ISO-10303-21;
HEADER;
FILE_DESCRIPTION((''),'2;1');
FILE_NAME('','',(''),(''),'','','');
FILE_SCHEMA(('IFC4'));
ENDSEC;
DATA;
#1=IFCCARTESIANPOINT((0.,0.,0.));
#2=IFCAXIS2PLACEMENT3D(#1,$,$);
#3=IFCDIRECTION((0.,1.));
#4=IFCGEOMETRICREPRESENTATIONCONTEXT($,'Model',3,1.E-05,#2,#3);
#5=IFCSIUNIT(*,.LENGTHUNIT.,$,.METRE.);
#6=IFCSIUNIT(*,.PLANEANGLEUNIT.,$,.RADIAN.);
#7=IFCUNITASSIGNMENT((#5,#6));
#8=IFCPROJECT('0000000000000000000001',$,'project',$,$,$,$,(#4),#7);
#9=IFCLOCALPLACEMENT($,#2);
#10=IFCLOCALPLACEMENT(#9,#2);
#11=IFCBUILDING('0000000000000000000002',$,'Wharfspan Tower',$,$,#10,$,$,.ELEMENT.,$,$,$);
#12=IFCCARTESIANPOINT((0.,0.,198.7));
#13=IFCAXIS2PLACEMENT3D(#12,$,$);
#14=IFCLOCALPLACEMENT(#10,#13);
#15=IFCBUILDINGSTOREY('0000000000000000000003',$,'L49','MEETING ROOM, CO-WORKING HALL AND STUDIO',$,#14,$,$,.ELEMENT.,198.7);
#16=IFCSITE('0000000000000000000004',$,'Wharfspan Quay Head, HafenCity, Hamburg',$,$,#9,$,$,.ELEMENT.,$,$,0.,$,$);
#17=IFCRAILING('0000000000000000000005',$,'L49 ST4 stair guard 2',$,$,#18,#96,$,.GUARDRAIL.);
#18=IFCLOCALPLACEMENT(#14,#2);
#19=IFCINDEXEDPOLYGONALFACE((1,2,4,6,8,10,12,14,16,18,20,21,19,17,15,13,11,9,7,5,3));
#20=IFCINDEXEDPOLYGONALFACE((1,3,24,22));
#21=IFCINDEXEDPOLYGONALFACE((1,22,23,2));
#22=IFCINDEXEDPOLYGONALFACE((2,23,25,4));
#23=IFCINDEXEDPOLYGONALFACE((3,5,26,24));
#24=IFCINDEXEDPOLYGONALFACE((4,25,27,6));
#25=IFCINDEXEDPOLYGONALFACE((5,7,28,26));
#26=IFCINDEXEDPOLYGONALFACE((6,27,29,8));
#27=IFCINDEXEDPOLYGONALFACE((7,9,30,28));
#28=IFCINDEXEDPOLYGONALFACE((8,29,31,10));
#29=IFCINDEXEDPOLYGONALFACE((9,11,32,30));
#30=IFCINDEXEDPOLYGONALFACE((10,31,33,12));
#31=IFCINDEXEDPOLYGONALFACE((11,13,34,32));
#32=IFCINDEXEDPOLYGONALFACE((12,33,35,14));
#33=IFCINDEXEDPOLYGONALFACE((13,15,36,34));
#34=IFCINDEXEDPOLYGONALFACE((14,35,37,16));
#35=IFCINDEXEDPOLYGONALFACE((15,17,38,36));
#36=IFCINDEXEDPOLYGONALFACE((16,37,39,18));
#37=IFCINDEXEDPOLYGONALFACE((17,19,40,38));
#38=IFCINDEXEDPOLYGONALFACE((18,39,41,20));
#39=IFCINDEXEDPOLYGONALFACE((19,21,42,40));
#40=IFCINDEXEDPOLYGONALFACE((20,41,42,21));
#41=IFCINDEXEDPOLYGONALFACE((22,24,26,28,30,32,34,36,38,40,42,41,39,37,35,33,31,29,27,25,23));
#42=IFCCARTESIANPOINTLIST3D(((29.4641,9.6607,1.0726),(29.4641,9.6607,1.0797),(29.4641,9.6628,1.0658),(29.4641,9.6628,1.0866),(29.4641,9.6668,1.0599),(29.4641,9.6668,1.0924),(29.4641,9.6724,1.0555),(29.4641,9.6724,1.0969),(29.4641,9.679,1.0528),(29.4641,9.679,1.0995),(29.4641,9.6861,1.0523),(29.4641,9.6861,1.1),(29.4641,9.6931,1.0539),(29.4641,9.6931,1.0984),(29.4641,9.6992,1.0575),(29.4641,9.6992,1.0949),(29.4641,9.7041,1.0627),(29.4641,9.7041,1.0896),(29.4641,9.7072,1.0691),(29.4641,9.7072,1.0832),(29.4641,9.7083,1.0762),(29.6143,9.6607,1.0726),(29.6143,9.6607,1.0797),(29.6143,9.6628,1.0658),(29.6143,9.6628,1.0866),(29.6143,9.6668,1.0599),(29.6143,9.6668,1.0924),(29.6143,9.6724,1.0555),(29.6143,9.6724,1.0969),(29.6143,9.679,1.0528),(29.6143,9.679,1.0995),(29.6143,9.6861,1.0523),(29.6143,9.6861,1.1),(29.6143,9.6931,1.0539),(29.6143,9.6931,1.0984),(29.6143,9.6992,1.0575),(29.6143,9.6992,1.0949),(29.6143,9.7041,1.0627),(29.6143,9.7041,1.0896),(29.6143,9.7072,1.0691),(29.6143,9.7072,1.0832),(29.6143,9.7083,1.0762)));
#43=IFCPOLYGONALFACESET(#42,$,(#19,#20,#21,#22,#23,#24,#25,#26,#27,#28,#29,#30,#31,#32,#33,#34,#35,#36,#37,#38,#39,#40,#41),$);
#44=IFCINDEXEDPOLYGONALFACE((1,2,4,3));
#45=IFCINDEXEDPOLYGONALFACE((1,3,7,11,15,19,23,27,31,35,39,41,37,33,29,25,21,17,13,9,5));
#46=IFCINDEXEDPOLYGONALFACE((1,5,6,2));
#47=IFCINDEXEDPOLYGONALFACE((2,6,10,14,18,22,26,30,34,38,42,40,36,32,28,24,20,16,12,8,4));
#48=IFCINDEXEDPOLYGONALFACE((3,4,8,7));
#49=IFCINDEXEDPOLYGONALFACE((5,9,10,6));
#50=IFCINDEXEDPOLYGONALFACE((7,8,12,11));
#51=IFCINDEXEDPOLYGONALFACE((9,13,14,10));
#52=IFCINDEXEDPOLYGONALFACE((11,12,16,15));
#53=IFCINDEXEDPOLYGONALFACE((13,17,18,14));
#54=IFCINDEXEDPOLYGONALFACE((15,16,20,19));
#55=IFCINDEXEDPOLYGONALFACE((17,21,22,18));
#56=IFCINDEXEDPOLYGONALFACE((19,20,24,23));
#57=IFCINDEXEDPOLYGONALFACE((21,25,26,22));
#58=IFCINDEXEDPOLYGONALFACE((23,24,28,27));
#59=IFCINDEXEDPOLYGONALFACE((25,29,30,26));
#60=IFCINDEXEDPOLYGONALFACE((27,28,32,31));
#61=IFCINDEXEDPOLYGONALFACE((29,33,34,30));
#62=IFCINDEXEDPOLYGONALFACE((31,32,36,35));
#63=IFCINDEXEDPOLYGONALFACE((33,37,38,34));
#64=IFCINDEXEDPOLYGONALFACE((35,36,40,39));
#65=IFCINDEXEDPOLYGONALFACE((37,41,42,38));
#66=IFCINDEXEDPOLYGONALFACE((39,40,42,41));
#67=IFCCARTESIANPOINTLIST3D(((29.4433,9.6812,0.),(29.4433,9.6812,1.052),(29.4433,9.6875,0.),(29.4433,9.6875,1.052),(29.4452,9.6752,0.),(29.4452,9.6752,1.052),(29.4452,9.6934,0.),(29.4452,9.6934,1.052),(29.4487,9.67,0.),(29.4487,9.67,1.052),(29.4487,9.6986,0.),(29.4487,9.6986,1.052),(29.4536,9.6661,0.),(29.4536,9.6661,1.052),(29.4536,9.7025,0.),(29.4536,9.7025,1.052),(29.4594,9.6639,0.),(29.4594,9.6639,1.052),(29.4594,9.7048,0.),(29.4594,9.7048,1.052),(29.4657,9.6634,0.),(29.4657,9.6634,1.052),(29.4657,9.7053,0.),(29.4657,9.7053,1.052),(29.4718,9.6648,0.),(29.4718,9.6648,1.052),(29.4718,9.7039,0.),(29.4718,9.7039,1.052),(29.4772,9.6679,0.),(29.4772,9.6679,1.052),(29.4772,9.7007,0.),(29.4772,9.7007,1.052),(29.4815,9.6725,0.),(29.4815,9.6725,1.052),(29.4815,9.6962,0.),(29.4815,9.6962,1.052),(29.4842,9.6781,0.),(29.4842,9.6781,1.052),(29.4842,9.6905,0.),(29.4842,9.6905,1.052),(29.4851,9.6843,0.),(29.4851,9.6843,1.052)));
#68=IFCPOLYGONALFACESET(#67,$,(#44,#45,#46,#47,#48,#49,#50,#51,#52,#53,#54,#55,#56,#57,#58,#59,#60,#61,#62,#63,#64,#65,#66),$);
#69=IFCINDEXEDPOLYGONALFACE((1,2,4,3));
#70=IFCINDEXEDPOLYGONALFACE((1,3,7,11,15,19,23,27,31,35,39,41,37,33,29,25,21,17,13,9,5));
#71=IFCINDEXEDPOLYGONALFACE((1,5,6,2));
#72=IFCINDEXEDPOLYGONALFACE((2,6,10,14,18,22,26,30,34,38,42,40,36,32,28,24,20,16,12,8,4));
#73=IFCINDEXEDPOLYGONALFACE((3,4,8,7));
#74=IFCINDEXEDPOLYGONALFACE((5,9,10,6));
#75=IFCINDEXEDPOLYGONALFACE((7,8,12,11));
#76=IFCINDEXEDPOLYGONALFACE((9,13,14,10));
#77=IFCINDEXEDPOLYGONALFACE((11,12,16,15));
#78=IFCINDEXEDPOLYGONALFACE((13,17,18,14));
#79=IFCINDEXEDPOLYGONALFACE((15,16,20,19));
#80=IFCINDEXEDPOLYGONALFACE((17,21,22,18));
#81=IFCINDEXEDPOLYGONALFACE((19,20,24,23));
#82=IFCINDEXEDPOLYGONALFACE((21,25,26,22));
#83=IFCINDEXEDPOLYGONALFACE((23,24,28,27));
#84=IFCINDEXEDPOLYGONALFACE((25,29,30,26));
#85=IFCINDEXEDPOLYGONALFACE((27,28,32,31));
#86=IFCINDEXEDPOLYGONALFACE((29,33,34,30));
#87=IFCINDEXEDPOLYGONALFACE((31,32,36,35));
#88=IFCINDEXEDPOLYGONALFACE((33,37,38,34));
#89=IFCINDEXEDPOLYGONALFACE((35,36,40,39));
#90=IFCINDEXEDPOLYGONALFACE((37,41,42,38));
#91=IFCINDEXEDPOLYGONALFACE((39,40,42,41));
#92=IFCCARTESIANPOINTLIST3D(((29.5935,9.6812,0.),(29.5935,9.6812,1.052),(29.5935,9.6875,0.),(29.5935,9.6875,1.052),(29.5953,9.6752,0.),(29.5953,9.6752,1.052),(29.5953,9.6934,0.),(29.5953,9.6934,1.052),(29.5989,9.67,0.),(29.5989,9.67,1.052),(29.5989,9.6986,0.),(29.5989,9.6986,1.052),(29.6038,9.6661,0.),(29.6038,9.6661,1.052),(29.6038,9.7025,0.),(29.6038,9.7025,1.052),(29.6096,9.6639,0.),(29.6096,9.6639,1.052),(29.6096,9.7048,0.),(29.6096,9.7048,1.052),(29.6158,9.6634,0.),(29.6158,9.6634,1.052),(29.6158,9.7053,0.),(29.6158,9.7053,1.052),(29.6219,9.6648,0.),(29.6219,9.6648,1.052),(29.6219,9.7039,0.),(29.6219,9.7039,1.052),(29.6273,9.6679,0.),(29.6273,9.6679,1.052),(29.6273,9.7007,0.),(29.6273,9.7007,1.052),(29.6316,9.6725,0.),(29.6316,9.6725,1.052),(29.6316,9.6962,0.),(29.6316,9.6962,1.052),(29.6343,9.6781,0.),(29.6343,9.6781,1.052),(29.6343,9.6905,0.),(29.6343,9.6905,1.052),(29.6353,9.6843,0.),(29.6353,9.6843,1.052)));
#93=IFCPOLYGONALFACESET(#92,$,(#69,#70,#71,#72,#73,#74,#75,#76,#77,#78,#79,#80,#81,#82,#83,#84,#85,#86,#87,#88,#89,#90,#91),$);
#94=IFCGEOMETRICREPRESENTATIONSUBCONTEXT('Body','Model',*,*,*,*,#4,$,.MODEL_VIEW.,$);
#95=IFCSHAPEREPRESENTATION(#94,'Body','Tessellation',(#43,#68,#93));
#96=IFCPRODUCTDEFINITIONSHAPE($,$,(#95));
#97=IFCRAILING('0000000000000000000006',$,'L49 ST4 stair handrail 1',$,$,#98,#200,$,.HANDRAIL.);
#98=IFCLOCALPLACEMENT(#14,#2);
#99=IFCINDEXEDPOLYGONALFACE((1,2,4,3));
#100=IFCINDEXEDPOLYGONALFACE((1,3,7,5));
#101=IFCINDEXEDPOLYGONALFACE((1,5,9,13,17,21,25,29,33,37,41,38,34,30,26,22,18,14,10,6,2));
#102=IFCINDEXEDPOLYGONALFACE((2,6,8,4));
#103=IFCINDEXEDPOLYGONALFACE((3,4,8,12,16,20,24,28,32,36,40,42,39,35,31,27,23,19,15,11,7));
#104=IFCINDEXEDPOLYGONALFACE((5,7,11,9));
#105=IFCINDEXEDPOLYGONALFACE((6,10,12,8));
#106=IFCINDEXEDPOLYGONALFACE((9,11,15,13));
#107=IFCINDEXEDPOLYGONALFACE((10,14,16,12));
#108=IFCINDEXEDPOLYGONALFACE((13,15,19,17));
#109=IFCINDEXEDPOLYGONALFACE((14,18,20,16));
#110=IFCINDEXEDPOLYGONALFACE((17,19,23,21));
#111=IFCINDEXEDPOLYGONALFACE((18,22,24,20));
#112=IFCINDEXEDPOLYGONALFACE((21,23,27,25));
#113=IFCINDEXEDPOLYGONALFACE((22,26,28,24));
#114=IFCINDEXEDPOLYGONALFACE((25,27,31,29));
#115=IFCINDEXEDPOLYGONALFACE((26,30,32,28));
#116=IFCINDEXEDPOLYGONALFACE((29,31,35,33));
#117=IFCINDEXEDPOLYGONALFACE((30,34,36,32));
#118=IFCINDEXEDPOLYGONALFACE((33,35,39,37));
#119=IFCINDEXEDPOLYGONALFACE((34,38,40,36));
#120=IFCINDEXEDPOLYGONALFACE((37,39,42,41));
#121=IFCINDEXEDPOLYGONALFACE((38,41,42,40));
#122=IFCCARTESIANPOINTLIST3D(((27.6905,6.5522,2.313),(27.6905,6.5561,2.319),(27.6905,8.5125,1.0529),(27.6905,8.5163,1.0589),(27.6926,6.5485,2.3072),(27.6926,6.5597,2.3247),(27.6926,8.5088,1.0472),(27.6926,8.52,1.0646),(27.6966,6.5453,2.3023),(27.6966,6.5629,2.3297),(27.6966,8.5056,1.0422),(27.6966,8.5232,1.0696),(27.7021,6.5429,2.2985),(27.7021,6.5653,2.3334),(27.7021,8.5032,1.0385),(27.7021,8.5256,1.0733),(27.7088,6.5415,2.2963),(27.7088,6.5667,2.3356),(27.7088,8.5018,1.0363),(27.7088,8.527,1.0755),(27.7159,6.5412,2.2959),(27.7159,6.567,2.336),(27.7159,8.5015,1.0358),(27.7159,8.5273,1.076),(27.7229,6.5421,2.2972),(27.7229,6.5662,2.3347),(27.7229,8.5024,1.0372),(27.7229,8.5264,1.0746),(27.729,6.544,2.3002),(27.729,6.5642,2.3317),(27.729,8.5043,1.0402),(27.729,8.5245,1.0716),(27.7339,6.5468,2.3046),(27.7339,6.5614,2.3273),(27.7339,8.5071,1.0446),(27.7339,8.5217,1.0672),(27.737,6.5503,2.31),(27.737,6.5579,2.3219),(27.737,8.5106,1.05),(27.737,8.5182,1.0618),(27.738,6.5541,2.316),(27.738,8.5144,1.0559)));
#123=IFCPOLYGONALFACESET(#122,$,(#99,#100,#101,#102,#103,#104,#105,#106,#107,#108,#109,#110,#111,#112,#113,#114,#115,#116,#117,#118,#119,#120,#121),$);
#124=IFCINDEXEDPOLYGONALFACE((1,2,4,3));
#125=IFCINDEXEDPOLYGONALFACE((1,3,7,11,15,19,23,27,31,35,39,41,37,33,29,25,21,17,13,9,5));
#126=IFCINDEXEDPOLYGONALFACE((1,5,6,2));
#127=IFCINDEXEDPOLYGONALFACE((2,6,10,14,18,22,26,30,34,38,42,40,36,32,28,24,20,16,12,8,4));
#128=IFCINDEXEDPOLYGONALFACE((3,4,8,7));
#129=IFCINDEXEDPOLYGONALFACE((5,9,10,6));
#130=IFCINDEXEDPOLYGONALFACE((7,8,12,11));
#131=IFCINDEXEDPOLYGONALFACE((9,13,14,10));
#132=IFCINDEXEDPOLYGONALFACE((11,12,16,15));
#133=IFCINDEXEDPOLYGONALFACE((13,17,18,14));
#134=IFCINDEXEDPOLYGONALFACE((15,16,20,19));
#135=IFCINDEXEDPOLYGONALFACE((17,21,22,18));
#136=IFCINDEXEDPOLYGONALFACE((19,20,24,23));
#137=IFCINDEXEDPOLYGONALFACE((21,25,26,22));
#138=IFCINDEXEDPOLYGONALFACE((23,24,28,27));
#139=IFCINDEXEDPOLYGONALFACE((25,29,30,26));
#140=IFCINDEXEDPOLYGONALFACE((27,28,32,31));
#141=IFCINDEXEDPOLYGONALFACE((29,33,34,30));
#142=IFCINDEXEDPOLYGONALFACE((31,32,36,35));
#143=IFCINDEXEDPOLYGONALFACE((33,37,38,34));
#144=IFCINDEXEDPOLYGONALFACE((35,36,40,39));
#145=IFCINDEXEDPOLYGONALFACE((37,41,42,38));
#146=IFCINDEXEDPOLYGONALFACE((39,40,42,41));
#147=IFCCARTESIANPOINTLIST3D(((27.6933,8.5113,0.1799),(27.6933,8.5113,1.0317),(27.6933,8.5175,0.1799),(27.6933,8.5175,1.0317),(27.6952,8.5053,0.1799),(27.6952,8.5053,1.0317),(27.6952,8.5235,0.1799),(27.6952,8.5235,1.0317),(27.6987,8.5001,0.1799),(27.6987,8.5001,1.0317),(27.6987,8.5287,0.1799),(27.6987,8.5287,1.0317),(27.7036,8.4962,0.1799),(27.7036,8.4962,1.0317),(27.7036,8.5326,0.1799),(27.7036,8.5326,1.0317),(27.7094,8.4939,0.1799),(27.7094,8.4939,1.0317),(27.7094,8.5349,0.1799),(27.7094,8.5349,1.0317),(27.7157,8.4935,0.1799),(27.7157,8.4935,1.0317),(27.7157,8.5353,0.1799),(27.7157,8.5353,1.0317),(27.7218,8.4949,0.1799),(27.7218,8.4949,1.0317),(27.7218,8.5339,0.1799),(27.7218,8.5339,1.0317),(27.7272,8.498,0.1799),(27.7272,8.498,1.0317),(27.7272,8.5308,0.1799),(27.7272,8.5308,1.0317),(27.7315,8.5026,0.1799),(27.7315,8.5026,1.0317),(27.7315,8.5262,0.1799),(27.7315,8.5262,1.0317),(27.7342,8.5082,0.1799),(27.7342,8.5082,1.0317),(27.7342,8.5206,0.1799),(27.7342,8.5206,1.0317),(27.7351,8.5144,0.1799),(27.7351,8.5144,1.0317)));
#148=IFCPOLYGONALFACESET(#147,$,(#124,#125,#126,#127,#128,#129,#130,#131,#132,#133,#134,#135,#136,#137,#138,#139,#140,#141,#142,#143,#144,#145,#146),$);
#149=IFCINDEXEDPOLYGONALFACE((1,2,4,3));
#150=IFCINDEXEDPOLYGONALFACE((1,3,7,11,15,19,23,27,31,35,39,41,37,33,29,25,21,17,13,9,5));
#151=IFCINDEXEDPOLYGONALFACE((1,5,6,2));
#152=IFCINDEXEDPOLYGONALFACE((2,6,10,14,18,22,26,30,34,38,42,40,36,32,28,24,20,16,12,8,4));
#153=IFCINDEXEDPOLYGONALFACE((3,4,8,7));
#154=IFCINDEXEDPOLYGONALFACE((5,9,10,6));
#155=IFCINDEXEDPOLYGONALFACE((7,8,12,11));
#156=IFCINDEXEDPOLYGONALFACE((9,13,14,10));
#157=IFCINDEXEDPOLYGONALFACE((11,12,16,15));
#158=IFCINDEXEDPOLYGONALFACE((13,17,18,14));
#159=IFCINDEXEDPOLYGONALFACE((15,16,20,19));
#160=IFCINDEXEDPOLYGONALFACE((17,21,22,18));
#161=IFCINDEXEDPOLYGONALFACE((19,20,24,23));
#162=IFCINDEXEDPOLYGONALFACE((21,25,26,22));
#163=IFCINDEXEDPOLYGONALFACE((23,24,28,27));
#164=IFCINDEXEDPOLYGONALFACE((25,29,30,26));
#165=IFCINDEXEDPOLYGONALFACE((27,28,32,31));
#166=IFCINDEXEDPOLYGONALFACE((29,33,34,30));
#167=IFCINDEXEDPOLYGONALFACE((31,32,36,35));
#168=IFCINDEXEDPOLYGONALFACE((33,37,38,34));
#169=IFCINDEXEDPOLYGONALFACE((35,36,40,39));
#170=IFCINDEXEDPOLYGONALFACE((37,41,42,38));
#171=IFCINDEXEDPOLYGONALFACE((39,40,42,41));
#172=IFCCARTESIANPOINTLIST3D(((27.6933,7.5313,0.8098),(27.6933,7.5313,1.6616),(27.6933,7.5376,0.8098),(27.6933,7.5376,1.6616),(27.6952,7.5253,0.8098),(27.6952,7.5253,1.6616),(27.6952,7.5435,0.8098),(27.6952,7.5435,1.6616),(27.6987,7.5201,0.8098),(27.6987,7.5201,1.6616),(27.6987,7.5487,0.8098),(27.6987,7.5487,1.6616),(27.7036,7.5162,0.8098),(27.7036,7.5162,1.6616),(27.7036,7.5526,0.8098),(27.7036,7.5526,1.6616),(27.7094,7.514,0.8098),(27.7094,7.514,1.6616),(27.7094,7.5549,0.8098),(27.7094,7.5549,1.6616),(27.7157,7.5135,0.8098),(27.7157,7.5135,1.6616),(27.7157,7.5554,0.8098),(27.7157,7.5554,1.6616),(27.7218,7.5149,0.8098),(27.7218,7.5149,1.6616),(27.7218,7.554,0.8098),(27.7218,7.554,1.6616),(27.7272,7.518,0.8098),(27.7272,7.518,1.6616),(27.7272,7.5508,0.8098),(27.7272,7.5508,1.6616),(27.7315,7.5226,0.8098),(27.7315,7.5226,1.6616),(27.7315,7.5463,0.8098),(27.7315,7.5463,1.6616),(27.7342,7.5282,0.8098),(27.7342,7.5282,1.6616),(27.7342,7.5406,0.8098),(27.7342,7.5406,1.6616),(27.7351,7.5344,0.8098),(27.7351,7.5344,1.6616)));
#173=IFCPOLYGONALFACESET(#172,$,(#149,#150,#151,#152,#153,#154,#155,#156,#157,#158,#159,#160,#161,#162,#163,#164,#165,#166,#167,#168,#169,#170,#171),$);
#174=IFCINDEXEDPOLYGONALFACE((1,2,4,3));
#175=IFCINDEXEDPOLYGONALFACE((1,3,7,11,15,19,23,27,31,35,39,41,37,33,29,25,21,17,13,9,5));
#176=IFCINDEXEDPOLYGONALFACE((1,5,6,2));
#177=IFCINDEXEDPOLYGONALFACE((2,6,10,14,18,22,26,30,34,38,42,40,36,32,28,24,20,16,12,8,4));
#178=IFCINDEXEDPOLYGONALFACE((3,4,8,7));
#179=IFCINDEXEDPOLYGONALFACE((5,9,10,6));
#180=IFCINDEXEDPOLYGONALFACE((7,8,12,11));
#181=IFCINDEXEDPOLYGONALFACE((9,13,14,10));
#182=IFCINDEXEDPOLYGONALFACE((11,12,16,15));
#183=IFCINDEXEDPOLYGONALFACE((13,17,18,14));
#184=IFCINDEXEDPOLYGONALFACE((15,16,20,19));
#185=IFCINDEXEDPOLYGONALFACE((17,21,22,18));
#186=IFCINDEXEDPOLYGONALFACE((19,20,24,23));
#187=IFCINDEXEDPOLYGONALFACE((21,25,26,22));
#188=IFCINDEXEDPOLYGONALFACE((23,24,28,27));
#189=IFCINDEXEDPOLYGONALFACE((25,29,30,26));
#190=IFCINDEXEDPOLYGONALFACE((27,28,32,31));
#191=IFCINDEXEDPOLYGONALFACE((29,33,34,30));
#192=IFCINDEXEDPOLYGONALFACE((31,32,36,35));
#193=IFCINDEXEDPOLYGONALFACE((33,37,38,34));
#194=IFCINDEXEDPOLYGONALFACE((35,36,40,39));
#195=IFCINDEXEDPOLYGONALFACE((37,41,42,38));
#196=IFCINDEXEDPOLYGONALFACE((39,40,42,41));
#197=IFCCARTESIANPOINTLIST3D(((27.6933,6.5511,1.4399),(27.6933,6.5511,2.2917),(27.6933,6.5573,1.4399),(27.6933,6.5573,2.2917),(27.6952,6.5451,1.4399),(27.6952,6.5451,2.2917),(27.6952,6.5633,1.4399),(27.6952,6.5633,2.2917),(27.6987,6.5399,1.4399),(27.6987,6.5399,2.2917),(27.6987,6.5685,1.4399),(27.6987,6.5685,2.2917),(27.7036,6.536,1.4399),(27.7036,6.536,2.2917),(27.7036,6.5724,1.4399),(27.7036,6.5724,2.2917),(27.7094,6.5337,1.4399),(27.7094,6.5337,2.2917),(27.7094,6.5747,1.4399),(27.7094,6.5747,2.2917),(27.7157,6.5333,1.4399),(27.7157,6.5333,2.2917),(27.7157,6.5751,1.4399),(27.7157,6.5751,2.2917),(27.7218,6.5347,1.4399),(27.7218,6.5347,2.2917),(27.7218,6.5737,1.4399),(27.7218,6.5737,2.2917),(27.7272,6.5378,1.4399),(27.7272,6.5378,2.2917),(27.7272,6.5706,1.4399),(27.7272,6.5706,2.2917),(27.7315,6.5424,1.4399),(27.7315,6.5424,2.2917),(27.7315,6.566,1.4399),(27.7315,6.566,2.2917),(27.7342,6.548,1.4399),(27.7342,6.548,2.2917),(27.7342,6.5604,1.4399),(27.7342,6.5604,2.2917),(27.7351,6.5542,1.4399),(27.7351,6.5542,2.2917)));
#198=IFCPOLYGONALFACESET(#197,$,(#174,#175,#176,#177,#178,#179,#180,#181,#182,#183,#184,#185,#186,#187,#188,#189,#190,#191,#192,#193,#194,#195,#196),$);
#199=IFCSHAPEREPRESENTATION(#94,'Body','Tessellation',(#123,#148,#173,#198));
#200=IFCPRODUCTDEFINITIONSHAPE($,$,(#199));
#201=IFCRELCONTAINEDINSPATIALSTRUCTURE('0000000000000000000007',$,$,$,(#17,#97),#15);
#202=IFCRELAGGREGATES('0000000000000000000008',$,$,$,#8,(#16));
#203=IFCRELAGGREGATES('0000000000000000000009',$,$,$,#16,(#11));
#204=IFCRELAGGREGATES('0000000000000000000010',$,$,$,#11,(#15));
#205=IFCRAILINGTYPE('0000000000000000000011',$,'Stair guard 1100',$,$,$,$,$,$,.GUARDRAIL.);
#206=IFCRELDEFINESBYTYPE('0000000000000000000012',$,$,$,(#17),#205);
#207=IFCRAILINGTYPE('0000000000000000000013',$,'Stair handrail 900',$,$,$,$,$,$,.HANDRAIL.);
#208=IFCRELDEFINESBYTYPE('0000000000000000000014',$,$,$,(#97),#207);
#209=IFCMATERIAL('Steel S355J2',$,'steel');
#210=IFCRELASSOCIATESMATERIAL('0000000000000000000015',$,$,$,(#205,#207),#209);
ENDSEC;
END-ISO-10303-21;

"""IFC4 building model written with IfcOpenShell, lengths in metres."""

from ifc_helpers import new_model, si_unit, direction, frame, origin, origin_2d, place, context, subcontext, project, spatial, circle, extrude, material, type_object, element, save


model = new_model("IFC4")

# Units and contexts
model_context = context("Model", 3, precision=1e-05, world=origin(), true_north=direction((0.0, 1.0)))
body_context = subcontext(model_context, "Body", "Model", "MODEL_VIEW")
ifc_project = project(units=[si_unit("LENGTHUNIT", "METRE"), si_unit("PLANEANGLEUNIT", "RADIAN")], contexts=[model_context])

# Site, building, storey
site_placement = place(None, origin())
site = spatial("IfcSite", under=ifc_project, at=site_placement, Name="Wharfspan Quay Head, HafenCity, Hamburg", CompositionType="ELEMENT", RefElevation=0.0)
building_placement = place(site_placement, origin())
building = spatial("IfcBuilding", under=site, at=building_placement, Name="Wharfspan Tower", CompositionType="ELEMENT")
storey_placement = place(building_placement, frame((0.0, 0.0, 198.7)))
storey = spatial("IfcBuildingStorey", under=building, at=storey_placement, Name="L49", Description="MEETING ROOM, CO-WORKING HALL AND STUDIO", CompositionType="ELEMENT", Elevation=198.7)

# Shared definitions
ifc_material_1 = material(Name="Steel S355J2", Category="steel")

# Railings
railing_type_1 = type_object("IfcRailingType", Name="Stair guard 1100", PredefinedType="GUARDRAIL", material=ifc_material_1)
railing_1_placement = place(storey_placement, frame((29.4641, 9.6843, 0.0)))
element("IfcRailing", 1, at=railing_1_placement, inside=storey, type_object=railing_type_1, Name="L49 ST4 stair guard 2", PredefinedType="GUARDRAIL", context=body_context, shape_type="SweptSolid", body=[
    extrude(circle(Radius=0.0239, at=origin_2d()), frame((0.0, 0.0, 1.0762), z_axis=(1.0, 0.0, 0.0), x_axis=(0.0, 1.0, 0.0)), (0.0, 0.0, 1.0), 0.1501),
    extrude(circle(Radius=0.021, at=origin_2d()), origin(), (0.0, 0.0, 1.0), 1.052),
    extrude(circle(Radius=0.021, at=origin_2d()), frame((0.1501, 0.0, 0.0)), (0.0, 0.0, 1.0), 1.052),
])
railing_type_2 = type_object("IfcRailingType", Name="Stair handrail 900", PredefinedType="HANDRAIL", material=ifc_material_1)
railing_2_placement = place(storey_placement, frame((27.7141, 8.5144, 0.1799)))
element("IfcRailing", 2, at=railing_2_placement, inside=storey, type_object=railing_type_2, Name="L49 ST4 stair handrail 1", PredefinedType="HANDRAIL", context=body_context, shape_type="SweptSolid", body=[
    extrude(circle(Radius=0.0239, at=origin_2d()), frame((0.0, 0.0, 0.876), z_axis=(0.0, -0.841202, 0.540721), x_axis=(1.0, 0.0, 0.0)), (0.0, 0.0, 1.0), 2.3303),
    extrude(circle(Radius=0.021, at=origin_2d()), origin(), (0.0, 0.0, 1.0), 0.8518),
    extrude(circle(Radius=0.021, at=origin_2d()), frame((0.0, -0.98, 0.6299)), (0.0, 0.0, 1.0), 0.8518),
    extrude(circle(Radius=0.021, at=origin_2d()), frame((0.0, -1.9602, 1.26)), (0.0, 0.0, 1.0), 0.8518),
])

save(model, "model.ifc")
